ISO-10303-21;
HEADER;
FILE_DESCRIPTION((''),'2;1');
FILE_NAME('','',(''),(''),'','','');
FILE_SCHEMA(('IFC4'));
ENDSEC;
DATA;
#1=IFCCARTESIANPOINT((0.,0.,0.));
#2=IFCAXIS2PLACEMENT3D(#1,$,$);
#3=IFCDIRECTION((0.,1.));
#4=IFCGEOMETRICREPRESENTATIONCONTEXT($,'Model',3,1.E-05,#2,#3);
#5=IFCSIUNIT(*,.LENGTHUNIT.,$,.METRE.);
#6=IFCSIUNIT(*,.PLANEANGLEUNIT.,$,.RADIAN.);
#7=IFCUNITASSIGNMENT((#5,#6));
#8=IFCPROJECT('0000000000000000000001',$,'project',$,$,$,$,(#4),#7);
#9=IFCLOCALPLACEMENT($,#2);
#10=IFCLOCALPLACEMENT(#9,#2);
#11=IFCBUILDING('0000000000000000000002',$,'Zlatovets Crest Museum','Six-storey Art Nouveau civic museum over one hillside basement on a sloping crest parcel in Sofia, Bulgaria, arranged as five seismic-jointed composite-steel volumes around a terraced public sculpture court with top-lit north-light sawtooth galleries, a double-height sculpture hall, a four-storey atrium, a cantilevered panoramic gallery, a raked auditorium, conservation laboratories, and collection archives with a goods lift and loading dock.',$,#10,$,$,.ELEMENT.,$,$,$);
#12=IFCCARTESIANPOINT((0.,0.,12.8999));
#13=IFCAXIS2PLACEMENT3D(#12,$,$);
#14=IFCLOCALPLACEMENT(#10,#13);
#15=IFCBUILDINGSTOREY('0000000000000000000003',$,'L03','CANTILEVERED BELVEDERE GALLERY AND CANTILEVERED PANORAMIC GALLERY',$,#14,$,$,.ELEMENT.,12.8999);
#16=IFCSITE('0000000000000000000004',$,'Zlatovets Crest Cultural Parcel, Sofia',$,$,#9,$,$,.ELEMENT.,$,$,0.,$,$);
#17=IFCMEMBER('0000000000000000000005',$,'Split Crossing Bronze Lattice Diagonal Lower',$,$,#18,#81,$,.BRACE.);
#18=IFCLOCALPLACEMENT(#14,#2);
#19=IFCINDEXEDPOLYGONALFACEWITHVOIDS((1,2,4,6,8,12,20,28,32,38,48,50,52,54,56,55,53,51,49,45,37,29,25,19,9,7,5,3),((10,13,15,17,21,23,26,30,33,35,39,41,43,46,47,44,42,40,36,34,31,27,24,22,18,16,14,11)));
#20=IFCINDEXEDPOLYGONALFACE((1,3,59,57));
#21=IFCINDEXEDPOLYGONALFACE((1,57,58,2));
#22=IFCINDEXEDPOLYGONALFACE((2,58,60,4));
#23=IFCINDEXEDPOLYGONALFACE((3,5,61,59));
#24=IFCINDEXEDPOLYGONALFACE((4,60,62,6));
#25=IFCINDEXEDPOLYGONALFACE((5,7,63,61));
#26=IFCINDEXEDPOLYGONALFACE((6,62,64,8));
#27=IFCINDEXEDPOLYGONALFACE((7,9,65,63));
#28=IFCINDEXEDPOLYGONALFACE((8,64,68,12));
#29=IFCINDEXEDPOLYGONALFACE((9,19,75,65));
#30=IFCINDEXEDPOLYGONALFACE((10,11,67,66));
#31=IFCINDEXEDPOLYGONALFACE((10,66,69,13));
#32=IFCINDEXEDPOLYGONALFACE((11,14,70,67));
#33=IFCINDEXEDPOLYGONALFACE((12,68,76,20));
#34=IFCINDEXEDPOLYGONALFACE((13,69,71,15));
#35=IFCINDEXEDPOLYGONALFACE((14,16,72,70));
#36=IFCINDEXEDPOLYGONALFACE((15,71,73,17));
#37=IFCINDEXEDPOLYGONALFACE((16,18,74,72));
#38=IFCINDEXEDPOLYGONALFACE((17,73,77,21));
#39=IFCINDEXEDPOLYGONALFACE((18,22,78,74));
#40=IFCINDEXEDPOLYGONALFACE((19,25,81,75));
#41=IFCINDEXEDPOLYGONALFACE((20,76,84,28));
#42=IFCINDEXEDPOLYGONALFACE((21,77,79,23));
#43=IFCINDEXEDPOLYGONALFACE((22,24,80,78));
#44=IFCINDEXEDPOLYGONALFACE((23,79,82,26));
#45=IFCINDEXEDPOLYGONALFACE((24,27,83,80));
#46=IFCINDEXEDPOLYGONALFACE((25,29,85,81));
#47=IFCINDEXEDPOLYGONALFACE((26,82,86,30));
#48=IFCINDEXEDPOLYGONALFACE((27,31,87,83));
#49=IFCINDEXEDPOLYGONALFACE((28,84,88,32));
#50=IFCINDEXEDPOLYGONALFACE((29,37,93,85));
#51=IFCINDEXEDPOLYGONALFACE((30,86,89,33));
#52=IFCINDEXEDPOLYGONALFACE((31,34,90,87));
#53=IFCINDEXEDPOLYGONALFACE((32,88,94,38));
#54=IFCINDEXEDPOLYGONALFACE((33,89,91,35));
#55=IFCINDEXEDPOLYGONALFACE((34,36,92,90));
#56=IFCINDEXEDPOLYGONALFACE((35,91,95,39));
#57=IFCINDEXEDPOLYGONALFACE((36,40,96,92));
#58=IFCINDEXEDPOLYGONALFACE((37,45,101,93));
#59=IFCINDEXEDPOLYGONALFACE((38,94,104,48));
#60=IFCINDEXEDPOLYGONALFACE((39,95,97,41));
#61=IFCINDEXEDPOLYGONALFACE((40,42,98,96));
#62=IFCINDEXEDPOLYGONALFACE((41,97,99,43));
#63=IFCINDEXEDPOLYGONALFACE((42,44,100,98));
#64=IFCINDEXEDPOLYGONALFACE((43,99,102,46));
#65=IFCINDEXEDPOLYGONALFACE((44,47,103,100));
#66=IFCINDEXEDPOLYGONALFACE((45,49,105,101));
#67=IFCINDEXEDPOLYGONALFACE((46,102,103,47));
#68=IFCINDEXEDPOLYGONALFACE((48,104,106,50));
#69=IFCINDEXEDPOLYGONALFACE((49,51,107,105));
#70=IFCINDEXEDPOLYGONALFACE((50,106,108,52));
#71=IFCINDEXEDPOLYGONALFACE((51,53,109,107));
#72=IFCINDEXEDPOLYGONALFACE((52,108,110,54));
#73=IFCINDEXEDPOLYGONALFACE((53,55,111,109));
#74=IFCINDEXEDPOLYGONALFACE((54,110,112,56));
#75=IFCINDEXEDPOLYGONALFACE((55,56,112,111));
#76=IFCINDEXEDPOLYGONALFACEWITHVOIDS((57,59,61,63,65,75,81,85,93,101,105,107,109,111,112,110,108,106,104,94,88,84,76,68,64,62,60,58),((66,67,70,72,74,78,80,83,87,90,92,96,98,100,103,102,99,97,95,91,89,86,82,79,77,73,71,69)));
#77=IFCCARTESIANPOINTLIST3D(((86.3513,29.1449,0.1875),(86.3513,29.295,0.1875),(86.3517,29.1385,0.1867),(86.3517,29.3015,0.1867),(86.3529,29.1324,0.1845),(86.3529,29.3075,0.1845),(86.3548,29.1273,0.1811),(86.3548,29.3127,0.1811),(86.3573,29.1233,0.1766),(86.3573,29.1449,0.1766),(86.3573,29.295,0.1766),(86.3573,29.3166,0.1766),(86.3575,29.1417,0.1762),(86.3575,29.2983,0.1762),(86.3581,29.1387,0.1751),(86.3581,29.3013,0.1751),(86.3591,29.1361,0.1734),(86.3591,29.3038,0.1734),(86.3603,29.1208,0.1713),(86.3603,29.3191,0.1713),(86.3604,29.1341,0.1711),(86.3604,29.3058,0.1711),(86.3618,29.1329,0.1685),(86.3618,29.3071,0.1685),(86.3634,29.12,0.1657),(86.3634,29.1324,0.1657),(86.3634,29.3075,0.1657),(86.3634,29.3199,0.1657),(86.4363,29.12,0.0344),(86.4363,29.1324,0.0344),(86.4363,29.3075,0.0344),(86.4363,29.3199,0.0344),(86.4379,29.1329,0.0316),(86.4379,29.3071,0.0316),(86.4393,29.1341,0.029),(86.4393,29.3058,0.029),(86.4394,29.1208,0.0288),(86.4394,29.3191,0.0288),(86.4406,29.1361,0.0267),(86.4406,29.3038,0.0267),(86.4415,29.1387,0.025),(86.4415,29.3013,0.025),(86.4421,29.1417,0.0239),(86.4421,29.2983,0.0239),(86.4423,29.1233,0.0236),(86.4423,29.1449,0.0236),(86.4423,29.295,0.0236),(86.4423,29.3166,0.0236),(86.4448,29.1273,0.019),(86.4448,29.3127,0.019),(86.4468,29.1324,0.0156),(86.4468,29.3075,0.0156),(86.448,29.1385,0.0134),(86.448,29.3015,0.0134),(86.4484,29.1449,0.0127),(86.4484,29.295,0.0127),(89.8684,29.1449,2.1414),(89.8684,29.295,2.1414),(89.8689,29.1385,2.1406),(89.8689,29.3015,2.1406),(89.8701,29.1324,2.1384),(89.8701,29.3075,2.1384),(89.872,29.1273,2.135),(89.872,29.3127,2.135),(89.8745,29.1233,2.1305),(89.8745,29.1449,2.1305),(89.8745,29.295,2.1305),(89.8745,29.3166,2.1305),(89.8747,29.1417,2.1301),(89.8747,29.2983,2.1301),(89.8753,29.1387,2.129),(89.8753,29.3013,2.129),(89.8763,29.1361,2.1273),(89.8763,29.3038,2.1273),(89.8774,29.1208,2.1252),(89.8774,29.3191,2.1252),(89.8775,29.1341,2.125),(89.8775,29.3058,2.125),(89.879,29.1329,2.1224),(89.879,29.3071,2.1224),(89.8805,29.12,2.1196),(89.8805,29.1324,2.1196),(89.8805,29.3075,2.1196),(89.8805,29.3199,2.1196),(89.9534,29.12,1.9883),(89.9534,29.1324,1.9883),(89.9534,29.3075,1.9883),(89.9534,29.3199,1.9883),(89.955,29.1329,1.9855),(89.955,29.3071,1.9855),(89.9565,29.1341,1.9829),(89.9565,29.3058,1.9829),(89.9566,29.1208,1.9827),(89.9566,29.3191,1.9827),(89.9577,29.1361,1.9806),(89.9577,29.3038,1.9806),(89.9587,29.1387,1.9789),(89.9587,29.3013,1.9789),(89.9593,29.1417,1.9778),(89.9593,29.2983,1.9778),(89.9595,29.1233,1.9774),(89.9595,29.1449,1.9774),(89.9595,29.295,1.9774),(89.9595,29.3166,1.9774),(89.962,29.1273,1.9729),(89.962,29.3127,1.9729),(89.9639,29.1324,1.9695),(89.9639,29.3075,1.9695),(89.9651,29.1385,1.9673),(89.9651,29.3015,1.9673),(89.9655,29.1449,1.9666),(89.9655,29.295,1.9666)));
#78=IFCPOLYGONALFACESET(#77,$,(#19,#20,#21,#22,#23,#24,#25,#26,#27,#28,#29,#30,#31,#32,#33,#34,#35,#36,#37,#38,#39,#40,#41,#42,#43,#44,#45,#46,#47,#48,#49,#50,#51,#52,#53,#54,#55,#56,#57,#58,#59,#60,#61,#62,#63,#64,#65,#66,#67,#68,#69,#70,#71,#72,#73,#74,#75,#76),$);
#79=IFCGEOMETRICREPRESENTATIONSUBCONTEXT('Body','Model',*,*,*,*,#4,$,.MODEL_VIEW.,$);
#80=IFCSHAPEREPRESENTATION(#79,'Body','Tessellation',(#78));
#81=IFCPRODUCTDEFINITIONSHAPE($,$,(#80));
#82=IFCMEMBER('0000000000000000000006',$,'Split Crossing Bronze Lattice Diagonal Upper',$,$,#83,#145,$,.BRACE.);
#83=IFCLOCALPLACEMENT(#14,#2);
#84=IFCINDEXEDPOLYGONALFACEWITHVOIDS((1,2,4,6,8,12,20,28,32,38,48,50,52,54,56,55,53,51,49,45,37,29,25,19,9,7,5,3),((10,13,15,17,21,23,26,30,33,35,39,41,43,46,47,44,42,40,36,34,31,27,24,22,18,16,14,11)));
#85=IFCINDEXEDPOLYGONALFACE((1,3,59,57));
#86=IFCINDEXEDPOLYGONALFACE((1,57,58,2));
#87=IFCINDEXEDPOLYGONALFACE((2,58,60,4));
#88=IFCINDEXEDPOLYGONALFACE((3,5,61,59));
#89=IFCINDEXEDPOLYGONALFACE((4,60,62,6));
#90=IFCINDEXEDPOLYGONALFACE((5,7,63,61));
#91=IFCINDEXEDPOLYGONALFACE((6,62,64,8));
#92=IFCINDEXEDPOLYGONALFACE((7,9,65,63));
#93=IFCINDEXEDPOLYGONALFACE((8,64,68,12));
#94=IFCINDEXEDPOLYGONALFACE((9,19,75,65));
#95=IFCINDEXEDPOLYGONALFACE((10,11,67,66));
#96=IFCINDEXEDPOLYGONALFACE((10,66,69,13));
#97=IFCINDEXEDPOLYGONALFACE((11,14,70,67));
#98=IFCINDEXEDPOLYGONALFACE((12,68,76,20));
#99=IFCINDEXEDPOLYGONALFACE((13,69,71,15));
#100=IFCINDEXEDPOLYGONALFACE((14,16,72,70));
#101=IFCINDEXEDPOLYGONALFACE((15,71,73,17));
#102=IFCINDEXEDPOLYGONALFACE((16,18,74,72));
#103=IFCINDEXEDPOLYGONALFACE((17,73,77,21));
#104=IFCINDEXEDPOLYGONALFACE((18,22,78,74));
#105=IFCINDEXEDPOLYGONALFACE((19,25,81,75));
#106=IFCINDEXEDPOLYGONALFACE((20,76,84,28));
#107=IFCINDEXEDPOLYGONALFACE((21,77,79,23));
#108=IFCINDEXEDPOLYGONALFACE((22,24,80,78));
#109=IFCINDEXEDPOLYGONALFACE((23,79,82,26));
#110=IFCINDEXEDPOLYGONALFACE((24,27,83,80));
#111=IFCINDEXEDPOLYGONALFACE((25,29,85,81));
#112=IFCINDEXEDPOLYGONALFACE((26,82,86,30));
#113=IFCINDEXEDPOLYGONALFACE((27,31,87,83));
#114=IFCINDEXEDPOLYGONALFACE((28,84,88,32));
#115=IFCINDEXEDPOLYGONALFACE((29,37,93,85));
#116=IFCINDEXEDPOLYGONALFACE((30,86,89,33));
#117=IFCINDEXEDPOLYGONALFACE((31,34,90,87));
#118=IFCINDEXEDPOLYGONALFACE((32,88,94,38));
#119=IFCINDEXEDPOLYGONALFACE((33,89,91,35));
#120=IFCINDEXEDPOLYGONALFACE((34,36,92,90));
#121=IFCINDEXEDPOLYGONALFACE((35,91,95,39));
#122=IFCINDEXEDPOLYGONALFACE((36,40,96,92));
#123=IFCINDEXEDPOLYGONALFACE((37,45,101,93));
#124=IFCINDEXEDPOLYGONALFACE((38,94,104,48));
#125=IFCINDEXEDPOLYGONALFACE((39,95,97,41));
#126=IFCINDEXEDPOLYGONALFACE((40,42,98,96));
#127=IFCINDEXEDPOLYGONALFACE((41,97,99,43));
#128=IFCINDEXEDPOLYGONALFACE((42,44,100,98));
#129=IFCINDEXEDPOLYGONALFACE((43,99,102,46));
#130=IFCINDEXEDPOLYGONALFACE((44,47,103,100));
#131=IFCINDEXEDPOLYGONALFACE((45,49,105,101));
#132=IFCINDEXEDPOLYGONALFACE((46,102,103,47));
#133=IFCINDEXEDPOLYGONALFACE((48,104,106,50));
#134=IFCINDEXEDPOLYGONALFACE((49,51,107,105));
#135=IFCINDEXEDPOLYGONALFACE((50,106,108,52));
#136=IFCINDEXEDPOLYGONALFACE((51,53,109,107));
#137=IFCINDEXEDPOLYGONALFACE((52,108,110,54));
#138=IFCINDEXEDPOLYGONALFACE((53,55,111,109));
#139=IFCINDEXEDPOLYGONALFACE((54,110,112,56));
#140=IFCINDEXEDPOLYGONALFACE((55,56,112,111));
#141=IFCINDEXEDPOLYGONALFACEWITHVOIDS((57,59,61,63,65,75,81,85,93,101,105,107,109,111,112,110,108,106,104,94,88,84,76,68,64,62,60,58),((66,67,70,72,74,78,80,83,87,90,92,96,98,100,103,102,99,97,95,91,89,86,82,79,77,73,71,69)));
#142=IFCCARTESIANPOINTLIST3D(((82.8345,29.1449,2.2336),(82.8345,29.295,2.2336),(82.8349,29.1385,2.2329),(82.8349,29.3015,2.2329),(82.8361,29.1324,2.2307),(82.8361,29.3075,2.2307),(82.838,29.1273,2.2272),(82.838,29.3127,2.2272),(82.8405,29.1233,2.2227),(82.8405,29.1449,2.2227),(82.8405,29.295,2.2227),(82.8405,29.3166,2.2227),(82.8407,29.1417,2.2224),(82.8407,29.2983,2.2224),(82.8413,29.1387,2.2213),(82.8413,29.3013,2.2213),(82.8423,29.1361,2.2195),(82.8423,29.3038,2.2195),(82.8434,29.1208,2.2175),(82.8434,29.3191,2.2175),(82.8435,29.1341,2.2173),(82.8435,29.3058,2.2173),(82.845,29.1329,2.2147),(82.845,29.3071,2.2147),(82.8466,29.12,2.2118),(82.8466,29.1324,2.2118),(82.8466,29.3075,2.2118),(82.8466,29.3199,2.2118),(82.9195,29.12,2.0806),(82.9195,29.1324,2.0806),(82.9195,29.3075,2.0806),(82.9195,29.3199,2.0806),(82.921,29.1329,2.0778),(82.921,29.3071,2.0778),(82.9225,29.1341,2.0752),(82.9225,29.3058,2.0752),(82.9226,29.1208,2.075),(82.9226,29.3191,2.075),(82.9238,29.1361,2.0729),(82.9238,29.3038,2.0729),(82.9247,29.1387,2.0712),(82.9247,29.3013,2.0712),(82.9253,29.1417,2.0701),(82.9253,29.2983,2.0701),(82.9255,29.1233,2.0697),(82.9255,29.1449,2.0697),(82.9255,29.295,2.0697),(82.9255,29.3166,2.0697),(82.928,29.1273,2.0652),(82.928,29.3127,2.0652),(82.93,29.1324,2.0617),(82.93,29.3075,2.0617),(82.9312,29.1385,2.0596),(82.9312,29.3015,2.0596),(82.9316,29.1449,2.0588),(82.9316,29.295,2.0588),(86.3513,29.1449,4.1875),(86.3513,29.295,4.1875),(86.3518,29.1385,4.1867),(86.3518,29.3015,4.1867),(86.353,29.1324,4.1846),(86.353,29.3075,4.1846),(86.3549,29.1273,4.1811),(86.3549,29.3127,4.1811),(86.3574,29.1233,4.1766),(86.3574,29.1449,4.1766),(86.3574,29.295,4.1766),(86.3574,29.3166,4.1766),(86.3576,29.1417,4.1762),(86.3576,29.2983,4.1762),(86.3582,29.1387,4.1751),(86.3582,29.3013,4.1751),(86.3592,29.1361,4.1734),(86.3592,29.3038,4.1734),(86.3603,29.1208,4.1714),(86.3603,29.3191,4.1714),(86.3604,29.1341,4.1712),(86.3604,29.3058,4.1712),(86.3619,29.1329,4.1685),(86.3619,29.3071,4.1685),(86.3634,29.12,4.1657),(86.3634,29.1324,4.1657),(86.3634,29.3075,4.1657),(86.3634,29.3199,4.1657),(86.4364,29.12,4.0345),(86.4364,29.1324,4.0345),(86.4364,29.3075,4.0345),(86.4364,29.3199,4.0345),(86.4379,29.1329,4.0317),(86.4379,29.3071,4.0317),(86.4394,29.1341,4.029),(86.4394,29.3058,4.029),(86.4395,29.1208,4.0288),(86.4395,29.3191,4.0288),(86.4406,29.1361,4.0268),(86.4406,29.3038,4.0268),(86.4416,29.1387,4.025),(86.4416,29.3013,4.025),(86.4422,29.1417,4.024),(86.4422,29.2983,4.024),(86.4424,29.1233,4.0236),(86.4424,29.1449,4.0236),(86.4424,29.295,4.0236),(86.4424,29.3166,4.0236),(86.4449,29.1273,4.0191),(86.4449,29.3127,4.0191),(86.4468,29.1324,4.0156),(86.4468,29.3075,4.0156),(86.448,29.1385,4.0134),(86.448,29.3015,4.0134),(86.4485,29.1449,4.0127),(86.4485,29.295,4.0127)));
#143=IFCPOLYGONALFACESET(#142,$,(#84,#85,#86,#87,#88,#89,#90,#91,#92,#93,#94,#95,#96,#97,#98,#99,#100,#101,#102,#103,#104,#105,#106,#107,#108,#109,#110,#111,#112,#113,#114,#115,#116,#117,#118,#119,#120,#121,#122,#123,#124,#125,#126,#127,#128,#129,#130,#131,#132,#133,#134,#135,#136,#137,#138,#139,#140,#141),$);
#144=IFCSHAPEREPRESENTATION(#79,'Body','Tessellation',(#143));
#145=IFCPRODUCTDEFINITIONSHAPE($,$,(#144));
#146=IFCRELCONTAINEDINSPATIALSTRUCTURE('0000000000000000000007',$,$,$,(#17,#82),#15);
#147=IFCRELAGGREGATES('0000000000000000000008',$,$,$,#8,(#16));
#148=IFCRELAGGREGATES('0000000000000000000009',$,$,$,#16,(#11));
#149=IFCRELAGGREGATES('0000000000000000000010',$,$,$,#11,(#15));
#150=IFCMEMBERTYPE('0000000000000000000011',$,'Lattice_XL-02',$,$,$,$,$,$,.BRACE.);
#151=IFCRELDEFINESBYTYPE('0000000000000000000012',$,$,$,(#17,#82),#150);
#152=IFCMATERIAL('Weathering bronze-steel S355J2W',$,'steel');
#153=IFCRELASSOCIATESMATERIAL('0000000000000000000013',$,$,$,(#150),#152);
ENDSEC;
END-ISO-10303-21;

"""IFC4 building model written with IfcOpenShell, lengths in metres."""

from ifc_helpers import new_model, si_unit, direction, frame, origin, origin_2d, place, context, subcontext, project, spatial, hollow_rectangle, extrude, material, material_profile, profile_set, type_object, element, save


model = new_model("IFC4")

# Units and contexts
model_context = context("Model", 3, precision=1e-05, world=origin(), true_north=direction((0.0, 1.0)))
body_context = subcontext(model_context, "Body", "Model", "MODEL_VIEW")
ifc_project = project(units=[si_unit("LENGTHUNIT", "METRE"), si_unit("PLANEANGLEUNIT", "RADIAN")], contexts=[model_context])

# Site, building, storey
site_placement = place(None, origin())
site = spatial("IfcSite", under=ifc_project, at=site_placement, Name="Zlatovets Crest Cultural Parcel, Sofia", CompositionType="ELEMENT", RefElevation=0.0)
building_placement = place(site_placement, origin())
building = spatial("IfcBuilding", under=site, at=building_placement, Name="Zlatovets Crest Museum", Description="Six-storey Art Nouveau civic museum over one hillside basement on a sloping crest parcel in Sofia, Bulgaria, arranged as five seismic-jointed composite-steel volumes around a terraced public sculpture court with top-lit north-light sawtooth galleries, a double-height sculpture hall, a four-storey atrium, a cantilevered panoramic gallery, a raked auditorium, conservation laboratories, and collection archives with a goods lift and loading dock.", CompositionType="ELEMENT")
storey_placement = place(building_placement, frame((0.0, 0.0, 12.8999)))
storey = spatial("IfcBuildingStorey", under=building, at=storey_placement, Name="L03", Description="CANTILEVERED BELVEDERE GALLERY AND CANTILEVERED PANORAMIC GALLERY", CompositionType="ELEMENT", Elevation=12.8999)

# Members
ifc_material_1 = material(Name="Weathering bronze-steel S355J2W", Category="steel")
ifc_material_profile_1 = material_profile(ifc_material_1, hollow_rectangle(XDim=0.2, YDim=0.2, WallThickness=0.0125, InnerFilletRadius=0.0125, OuterFilletRadius=0.0249, at=origin_2d()), Name="SHS 200x200x12.5")
ifc_profile_set_1 = profile_set([ifc_material_profile_1], Name="Weathering bronze-steel S355J2W")
member_type_1 = type_object("IfcMemberType", Name="Lattice_XL-02", PredefinedType="BRACE", material=ifc_profile_set_1)
for number, where, z_axis, x_axis, name in (
    (1, (89.917, 29.22, 2.054), (-0.874166, 0.0, -0.485627), (0.0, -1.0, 0.0), "Split Crossing Bronze Lattice Diagonal Lower"),
):
    element("IfcMember", number, at=place(storey_placement, frame(where, z_axis=z_axis, x_axis=x_axis)), inside=storey, type_object=member_type_1, Name=name, PredefinedType="BRACE", context=body_context, shape_type="SweptSolid", body=[
        extrude(hollow_rectangle(XDim=0.2, YDim=0.2, WallThickness=0.0125, InnerFilletRadius=0.0125, OuterFilletRadius=0.0249, at=origin_2d()), origin(), (0.0, 0.0, 1.0), 4.0234),
    ])
member_1_placement = place(storey_placement, frame((86.3999, 29.22, 4.1001), z_axis=(-0.874152, 0.0, -0.485653), x_axis=(0.0, -1.0, 0.0)))
element("IfcMember", 2, at=member_1_placement, inside=storey, type_object=member_type_1, Name="Split Crossing Bronze Lattice Diagonal Upper", PredefinedType="BRACE", context=body_context, shape_type="SweptSolid", body=[
    extrude(hollow_rectangle(XDim=0.2, YDim=0.2, WallThickness=0.0125, InnerFilletRadius=0.0125, OuterFilletRadius=0.0249, at=origin_2d()), origin(), (0.0, 0.0, 1.0), 4.0232),
])

save(model, "model.ifc")
